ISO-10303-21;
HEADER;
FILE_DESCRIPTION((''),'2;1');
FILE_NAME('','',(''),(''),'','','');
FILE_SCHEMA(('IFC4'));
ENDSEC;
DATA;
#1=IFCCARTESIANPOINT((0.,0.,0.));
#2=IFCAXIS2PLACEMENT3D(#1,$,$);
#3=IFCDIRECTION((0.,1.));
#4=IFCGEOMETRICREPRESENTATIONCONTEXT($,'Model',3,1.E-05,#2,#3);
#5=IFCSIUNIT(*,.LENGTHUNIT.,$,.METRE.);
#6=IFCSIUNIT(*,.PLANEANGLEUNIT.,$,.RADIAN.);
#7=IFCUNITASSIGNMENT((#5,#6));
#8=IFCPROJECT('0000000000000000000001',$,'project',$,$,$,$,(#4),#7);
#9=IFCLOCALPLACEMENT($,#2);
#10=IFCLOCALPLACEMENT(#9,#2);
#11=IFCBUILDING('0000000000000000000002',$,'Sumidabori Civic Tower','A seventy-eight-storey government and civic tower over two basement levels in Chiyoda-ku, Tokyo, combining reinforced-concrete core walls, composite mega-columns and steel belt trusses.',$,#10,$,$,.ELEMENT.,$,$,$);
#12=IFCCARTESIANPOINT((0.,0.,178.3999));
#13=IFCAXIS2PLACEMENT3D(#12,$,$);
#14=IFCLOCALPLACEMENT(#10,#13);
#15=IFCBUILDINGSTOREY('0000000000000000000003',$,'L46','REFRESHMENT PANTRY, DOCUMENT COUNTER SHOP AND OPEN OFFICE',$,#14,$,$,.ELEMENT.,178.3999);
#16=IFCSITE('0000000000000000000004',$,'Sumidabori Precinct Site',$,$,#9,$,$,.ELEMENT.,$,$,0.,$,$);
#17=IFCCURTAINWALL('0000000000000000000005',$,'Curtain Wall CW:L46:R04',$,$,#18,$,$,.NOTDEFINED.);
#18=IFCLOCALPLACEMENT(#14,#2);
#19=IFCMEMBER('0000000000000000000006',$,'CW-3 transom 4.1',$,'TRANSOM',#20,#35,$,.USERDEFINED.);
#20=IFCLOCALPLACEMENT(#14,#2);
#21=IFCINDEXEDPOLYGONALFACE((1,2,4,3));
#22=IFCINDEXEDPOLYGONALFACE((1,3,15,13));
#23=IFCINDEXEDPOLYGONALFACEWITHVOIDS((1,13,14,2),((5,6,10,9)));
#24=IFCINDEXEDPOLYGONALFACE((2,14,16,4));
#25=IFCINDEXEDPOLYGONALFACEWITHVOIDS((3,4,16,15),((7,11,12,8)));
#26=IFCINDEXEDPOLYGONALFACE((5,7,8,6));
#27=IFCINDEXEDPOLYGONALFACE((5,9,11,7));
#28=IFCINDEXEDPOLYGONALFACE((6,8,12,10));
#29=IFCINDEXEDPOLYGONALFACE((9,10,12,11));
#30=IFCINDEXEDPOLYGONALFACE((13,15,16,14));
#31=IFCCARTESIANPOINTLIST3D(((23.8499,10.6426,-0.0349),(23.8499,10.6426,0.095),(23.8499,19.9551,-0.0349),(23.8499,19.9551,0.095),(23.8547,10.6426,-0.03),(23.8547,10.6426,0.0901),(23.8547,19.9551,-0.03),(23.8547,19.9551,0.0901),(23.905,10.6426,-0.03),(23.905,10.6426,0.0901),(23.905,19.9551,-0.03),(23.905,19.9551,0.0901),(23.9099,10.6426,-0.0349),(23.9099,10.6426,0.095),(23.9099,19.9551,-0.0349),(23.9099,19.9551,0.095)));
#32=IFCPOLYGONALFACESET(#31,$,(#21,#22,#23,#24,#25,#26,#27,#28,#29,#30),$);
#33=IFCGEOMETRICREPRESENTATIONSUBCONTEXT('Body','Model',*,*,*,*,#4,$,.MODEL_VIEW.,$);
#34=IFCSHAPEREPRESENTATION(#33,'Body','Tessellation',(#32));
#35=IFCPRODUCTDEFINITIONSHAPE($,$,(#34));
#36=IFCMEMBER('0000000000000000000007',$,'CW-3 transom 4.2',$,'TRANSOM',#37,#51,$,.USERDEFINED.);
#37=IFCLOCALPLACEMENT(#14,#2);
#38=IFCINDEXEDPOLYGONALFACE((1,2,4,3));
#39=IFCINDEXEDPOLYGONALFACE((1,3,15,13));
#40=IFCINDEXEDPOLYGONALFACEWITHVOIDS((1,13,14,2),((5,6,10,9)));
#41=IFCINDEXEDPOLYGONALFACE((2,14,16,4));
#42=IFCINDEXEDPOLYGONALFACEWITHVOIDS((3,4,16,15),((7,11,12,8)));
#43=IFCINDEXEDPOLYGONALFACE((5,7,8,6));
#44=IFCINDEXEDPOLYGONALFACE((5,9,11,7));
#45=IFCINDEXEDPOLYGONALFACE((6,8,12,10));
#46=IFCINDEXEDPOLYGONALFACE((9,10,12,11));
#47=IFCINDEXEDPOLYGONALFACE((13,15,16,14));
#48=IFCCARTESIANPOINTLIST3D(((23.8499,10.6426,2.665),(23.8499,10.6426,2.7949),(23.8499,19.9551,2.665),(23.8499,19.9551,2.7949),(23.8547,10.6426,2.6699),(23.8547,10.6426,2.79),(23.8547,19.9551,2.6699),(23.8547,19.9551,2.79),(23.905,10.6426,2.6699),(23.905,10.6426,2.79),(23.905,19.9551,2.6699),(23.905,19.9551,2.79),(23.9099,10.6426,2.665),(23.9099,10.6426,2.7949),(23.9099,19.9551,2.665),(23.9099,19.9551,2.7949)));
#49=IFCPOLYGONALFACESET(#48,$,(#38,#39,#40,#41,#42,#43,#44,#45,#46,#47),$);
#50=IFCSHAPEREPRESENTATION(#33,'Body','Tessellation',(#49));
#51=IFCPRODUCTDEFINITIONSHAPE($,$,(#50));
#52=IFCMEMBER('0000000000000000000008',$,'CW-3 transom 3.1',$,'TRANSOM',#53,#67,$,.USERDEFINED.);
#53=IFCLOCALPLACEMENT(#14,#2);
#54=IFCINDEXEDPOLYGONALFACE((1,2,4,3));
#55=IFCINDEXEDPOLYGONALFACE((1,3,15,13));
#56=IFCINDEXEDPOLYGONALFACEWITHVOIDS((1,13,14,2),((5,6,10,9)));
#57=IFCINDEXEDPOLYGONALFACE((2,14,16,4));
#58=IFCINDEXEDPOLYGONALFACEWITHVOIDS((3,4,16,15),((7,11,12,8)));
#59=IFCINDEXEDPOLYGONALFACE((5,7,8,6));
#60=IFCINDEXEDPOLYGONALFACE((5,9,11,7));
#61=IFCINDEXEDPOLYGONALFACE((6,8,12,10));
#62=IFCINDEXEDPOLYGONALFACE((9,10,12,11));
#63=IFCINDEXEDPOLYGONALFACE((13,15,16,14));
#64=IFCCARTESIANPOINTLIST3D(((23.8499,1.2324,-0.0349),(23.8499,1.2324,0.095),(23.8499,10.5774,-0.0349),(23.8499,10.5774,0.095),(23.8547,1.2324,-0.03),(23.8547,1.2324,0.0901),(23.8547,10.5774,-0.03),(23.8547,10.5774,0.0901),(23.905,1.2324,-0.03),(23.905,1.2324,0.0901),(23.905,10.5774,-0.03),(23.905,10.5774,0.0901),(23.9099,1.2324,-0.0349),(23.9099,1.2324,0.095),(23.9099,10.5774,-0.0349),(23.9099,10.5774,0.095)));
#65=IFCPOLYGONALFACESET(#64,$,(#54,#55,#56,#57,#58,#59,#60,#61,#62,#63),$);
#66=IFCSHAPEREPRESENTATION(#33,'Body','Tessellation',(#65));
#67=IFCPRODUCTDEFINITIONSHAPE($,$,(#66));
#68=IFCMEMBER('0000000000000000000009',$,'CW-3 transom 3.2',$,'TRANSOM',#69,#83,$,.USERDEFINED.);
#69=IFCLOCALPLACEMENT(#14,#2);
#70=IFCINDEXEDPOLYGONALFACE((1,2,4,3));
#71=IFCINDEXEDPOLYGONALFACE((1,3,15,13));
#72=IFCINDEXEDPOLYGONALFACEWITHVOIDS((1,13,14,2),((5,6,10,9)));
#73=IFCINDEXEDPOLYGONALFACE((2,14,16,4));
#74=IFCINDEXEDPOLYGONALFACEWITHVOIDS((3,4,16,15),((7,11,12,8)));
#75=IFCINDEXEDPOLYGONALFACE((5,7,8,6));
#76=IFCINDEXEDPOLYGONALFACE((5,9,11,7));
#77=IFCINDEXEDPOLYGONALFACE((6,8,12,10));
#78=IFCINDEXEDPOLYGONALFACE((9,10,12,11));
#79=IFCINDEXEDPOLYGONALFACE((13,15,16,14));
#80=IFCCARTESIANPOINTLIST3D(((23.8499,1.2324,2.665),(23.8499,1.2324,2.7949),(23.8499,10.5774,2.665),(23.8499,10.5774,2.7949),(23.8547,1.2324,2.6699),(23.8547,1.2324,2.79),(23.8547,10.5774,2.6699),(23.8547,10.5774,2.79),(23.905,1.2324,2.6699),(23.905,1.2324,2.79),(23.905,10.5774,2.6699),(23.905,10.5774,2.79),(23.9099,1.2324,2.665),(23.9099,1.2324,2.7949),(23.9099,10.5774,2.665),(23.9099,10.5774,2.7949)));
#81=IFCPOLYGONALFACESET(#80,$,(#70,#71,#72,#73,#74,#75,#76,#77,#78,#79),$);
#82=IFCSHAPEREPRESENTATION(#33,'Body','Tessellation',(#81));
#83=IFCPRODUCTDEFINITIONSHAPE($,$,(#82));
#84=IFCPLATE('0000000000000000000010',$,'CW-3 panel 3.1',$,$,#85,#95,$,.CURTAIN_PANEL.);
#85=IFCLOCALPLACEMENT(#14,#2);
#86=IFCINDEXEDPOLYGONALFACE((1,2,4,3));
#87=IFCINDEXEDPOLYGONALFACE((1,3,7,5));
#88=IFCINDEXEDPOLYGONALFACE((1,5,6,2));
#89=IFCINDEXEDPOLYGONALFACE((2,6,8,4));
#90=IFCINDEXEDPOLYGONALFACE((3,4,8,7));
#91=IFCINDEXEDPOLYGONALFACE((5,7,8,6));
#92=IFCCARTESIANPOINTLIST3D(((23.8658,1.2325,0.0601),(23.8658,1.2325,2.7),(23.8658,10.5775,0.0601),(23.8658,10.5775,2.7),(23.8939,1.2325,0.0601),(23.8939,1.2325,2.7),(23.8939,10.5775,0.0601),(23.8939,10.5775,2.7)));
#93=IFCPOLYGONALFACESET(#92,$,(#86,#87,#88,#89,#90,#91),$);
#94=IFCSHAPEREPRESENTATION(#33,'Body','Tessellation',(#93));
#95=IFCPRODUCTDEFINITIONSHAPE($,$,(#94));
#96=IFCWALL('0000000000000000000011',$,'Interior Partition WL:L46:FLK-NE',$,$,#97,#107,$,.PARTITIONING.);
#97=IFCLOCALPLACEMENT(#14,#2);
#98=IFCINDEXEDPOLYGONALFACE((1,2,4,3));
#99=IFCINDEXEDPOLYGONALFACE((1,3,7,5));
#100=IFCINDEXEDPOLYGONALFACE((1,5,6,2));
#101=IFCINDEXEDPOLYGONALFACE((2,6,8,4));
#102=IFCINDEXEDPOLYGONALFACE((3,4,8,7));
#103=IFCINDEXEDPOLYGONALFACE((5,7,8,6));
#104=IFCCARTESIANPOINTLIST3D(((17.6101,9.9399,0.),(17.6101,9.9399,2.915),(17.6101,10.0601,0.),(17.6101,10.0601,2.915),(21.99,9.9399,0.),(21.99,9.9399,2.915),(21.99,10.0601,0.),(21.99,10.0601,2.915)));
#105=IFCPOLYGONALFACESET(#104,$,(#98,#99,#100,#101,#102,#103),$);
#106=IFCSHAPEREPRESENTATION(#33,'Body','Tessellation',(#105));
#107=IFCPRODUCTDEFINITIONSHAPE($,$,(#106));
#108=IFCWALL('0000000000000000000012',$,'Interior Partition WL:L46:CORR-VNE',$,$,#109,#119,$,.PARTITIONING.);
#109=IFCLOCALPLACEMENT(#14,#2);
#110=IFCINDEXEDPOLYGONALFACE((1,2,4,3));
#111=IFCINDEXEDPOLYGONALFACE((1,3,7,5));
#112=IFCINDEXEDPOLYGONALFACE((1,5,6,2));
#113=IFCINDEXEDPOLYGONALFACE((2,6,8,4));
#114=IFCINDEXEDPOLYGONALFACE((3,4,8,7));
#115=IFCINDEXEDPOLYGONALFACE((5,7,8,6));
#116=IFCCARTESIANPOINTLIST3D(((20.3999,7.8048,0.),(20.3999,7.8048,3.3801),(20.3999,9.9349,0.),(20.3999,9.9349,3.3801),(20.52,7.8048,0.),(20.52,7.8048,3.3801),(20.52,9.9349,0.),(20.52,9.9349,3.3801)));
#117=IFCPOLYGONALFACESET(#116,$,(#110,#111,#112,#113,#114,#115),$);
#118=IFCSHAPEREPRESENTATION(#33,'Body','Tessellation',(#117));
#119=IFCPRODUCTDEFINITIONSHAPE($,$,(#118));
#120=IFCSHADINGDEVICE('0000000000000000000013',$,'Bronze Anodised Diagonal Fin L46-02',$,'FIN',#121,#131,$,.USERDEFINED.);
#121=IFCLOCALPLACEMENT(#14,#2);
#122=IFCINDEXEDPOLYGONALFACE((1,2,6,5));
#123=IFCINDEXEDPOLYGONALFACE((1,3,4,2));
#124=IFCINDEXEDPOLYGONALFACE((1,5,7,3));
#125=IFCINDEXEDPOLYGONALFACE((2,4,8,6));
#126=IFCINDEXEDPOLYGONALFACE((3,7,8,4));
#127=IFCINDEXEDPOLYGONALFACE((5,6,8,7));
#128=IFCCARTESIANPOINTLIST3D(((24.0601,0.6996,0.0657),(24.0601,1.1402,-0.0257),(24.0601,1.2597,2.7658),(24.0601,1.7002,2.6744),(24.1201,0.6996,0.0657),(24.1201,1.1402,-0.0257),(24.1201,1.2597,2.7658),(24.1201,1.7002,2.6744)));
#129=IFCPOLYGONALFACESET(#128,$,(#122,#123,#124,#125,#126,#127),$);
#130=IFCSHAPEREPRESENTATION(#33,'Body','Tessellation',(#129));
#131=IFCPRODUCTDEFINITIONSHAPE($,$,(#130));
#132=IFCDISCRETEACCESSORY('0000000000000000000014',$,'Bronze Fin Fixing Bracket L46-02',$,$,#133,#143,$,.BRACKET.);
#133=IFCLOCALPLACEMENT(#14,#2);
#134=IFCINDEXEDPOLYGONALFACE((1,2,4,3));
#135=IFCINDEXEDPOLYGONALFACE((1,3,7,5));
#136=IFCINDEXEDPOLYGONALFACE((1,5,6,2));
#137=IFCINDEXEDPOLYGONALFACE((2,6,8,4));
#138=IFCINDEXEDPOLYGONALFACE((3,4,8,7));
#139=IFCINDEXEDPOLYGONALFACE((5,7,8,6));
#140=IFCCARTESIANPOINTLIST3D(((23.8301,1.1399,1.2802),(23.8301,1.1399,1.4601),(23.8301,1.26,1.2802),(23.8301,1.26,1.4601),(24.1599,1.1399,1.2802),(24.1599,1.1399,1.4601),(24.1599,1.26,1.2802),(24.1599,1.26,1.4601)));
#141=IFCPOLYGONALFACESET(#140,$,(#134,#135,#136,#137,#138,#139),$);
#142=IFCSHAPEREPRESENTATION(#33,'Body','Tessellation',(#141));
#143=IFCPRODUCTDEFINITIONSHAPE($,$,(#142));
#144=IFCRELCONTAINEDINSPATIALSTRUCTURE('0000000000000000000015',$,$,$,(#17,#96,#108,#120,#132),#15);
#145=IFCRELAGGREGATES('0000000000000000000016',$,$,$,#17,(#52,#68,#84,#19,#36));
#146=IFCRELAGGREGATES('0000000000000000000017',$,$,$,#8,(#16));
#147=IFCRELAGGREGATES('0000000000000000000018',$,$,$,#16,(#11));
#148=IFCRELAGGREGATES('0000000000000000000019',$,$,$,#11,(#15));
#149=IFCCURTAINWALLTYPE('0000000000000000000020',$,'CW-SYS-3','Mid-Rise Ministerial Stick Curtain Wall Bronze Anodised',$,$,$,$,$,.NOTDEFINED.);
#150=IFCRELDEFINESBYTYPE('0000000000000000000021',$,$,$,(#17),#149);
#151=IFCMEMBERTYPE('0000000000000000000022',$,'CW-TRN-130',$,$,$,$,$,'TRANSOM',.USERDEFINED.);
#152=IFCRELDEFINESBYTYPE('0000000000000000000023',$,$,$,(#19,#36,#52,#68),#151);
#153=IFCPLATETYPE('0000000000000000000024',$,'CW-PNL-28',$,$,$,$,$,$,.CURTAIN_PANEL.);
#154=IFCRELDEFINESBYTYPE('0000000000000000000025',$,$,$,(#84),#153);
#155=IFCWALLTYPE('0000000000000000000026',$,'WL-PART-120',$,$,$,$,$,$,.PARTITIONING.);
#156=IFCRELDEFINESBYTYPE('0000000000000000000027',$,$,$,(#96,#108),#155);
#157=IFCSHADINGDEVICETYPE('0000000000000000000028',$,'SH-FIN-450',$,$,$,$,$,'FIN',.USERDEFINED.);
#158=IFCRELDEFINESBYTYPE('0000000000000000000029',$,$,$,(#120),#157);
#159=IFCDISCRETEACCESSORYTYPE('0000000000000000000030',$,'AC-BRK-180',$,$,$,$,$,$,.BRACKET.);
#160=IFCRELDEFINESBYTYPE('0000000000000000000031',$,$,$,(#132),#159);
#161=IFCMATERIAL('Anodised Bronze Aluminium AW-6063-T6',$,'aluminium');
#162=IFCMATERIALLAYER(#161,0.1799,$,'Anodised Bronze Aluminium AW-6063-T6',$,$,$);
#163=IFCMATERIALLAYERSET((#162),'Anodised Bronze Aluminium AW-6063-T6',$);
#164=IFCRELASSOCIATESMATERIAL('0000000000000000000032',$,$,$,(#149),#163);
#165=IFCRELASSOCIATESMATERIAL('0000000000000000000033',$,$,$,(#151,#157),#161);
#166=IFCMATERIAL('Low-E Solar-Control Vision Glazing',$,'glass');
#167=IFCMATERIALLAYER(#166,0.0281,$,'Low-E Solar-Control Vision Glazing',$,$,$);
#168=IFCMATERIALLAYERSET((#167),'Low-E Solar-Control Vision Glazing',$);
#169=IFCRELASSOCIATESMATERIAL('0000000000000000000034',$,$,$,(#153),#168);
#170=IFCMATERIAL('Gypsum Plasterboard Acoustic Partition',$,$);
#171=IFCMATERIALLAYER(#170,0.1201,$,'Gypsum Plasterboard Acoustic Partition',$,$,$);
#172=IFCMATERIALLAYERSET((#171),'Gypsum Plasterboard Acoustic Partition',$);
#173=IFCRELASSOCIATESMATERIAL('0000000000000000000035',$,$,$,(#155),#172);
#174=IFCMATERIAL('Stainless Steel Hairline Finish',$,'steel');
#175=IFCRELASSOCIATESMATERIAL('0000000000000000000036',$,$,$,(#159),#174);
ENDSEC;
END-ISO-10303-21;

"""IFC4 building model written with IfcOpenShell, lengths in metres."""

from ifc_helpers import new_model, si_unit, direction, frame, frame_2d, origin, origin_2d, place, context, subcontext, project, spatial, rectangle, hollow_rectangle, extrude, source, transform, mapped, material, layer, layer_set, material_profile, profile_set, type_object, element, aggregate, save


model = new_model("IFC4")

# Units and contexts
model_context = context("Model", 3, precision=1e-05, world=origin(), true_north=direction((0.0, 1.0)))
body_context = subcontext(model_context, "Body", "Model", "MODEL_VIEW")
ifc_project = project(units=[si_unit("LENGTHUNIT", "METRE"), si_unit("PLANEANGLEUNIT", "RADIAN")], contexts=[model_context])

# Site, building, storey
site_placement = place(None, origin())
site = spatial("IfcSite", under=ifc_project, at=site_placement, Name="Sumidabori Precinct Site", CompositionType="ELEMENT", RefElevation=0.0)
building_placement = place(site_placement, origin())
building = spatial("IfcBuilding", under=site, at=building_placement, Name="Sumidabori Civic Tower", Description="A seventy-eight-storey government and civic tower over two basement levels in Chiyoda-ku, Tokyo, combining reinforced-concrete core walls, composite mega-columns and steel belt trusses.", CompositionType="ELEMENT")
storey_placement = place(building_placement, frame((0.0, 0.0, 178.3999)))
storey = spatial("IfcBuildingStorey", under=building, at=storey_placement, Name="L46", Description="REFRESHMENT PANTRY, DOCUMENT COUNTER SHOP AND OPEN OFFICE", CompositionType="ELEMENT", Elevation=178.3999)

# Curtain wall, members, plate
ifc_material_1 = material(Name="Anodised Bronze Aluminium AW-6063-T6", Category="aluminium")
ifc_layer_1 = layer(ifc_material_1, 0.1799, Name="Anodised Bronze Aluminium AW-6063-T6")
ifc_layer_set_1 = layer_set([ifc_layer_1], Name="Anodised Bronze Aluminium AW-6063-T6")
curtain_wall_type = type_object("IfcCurtainWallType", Name="CW-SYS-3", Description="Mid-Rise Ministerial Stick Curtain Wall Bronze Anodised", PredefinedType="NOTDEFINED", material=ifc_layer_set_1)
curtain_wall_placement = place(storey_placement, origin())
curtain_wall = element("IfcCurtainWall", 1, at=curtain_wall_placement, inside=storey, type_object=curtain_wall_type, Name="Curtain Wall CW:L46:R04", PredefinedType="NOTDEFINED")
ifc_material_profile_1 = material_profile(ifc_material_1, hollow_rectangle(XDim=0.0601, YDim=0.1299, WallThickness=0.0049, at=origin_2d()), Name="ALU TRANSOM 130x60")
ifc_profile_set_1 = profile_set([ifc_material_profile_1], Name="Anodised Bronze Aluminium AW-6063-T6")
member_type_1 = type_object("IfcMemberType", Name="CW-TRN-130", ElementType="TRANSOM", PredefinedType="USERDEFINED", material=ifc_profile_set_1)
shared_shape_1 = source(origin(), body_context, "Body", "SweptSolid", [
    extrude(hollow_rectangle(XDim=0.0601, YDim=0.1299, WallThickness=0.0049, at=origin_2d()), origin(), (0.0, 0.0, 1.0), 9.3125),
])
member_1_placement = place(storey_placement, frame((23.8799, 10.6426, 0.03), z_axis=(0.0, 1.0, 0.0), x_axis=(-1.0, 0.0, 0.0)))
member_1 = element("IfcMember", 2, at=member_1_placement, type_object=member_type_1, Name="CW-3 transom 4.1", ObjectType="TRANSOM", PredefinedType="USERDEFINED", context=body_context, shape_type="MappedRepresentation", body=[
    mapped(shared_shape_1, transform((0.0, 0.0, 0.0), x_axis=(1.0, 0.0, 0.0), y_axis=(0.0, 1.0, 0.0), z_axis=(0.0, 0.0, 1.0), scale=1.0)),
])
member_2_placement = place(storey_placement, frame((23.8799, 10.6426, 2.73), z_axis=(0.0, 1.0, 0.0), x_axis=(-1.0, 0.0, 0.0)))
member_2 = element("IfcMember", 3, at=member_2_placement, type_object=member_type_1, Name="CW-3 transom 4.2", ObjectType="TRANSOM", PredefinedType="USERDEFINED", context=body_context, shape_type="MappedRepresentation", body=[
    mapped(shared_shape_1, transform((0.0, 0.0, 0.0), x_axis=(1.0, 0.0, 0.0), y_axis=(0.0, 1.0, 0.0), z_axis=(0.0, 0.0, 1.0), scale=1.0)),
])
shared_shape_2 = source(origin(), body_context, "Body", "SweptSolid", [
    extrude(hollow_rectangle(XDim=0.0601, YDim=0.1299, WallThickness=0.0049, at=origin_2d()), origin(), (0.0, 0.0, 1.0), 9.345),
])
member_3_placement = place(storey_placement, frame((23.8799, 1.2324, 0.03), z_axis=(0.0, 1.0, 0.0), x_axis=(-1.0, 0.0, 0.0)))
member_3 = element("IfcMember", 4, at=member_3_placement, type_object=member_type_1, Name="CW-3 transom 3.1", ObjectType="TRANSOM", PredefinedType="USERDEFINED", context=body_context, shape_type="MappedRepresentation", body=[
    mapped(shared_shape_2, transform((0.0, 0.0, 0.0), x_axis=(1.0, 0.0, 0.0), y_axis=(0.0, 1.0, 0.0), z_axis=(0.0, 0.0, 1.0), scale=1.0)),
])
member_4_placement = place(storey_placement, frame((23.8799, 1.2324, 2.73), z_axis=(0.0, 1.0, 0.0), x_axis=(-1.0, 0.0, 0.0)))
member_4 = element("IfcMember", 5, at=member_4_placement, type_object=member_type_1, Name="CW-3 transom 3.2", ObjectType="TRANSOM", PredefinedType="USERDEFINED", context=body_context, shape_type="MappedRepresentation", body=[
    mapped(shared_shape_2, transform((0.0, 0.0, 0.0), x_axis=(1.0, 0.0, 0.0), y_axis=(0.0, 1.0, 0.0), z_axis=(0.0, 0.0, 1.0), scale=1.0)),
])
ifc_material_2 = material(Name="Low-E Solar-Control Vision Glazing", Category="glass")
ifc_layer_2 = layer(ifc_material_2, 0.0281, Name="Low-E Solar-Control Vision Glazing")
ifc_layer_set_2 = layer_set([ifc_layer_2], Name="Low-E Solar-Control Vision Glazing")
plate_type = type_object("IfcPlateType", Name="CW-PNL-28", PredefinedType="CURTAIN_PANEL", material=ifc_layer_set_2)
shared_shape_3 = source(origin(), body_context, "Body", "SweptSolid", [
    extrude(rectangle(XDim=9.345, YDim=0.0281, at=origin_2d()), origin(), (0.0, 0.0, 1.0), 2.6399),
])
plate_placement = place(storey_placement, frame((23.8799, 5.905, 0.0601), z_axis=(0.0, 0.0, 1.0), x_axis=(0.0, 1.0, 0.0)))
plate = element("IfcPlate", 6, at=plate_placement, type_object=plate_type, Name="CW-3 panel 3.1", PredefinedType="CURTAIN_PANEL", context=body_context, shape_type="MappedRepresentation", body=[
    mapped(shared_shape_3, transform((0.0, 0.0, 0.0), x_axis=(1.0, 0.0, 0.0), y_axis=(0.0, 1.0, 0.0), z_axis=(0.0, 0.0, 1.0), scale=1.0)),
])
aggregate(curtain_wall, [member_3, member_4, plate, member_1, member_2])

# Walls
ifc_material_3 = material(Name="Gypsum Plasterboard Acoustic Partition")
ifc_layer_3 = layer(ifc_material_3, 0.1201, Name="Gypsum Plasterboard Acoustic Partition")
ifc_layer_set_3 = layer_set([ifc_layer_3], Name="Gypsum Plasterboard Acoustic Partition")
wall_type = type_object("IfcWallType", Name="WL-PART-120", PredefinedType="PARTITIONING", material=ifc_layer_set_3)
shared_shape_4 = source(origin(), body_context, "Body", "SweptSolid", [
    extrude(rectangle(XDim=4.3799, YDim=0.1201, at=frame_2d((2.1899, 0.0))), origin(), (0.0, 0.0, 1.0), 2.915),
])
wall_1_placement = place(storey_placement, frame((17.6101, 10.0, 0.0), z_axis=(0.0, 0.0, 1.0), x_axis=(1.0, 0.0, 0.0)))
element("IfcWall", 7, at=wall_1_placement, inside=storey, type_object=wall_type, Name="Interior Partition WL:L46:FLK-NE", PredefinedType="PARTITIONING", context=body_context, shape_type="MappedRepresentation", body=[
    mapped(shared_shape_4, transform((0.0, 0.0, 0.0), x_axis=(1.0, 0.0, 0.0), y_axis=(0.0, 1.0, 0.0), z_axis=(0.0, 0.0, 1.0), scale=1.0)),
])
shared_shape_5 = source(origin(), body_context, "Body", "SweptSolid", [
    extrude(rectangle(XDim=2.1301, YDim=0.1201, at=frame_2d((1.0649, 0.0))), origin(), (0.0, 0.0, 1.0), 3.3801),
])
wall_2_placement = place(storey_placement, frame((20.46, 7.8049, 0.0), z_axis=(0.0, 0.0, 1.0), x_axis=(0.0, 1.0, 0.0)))
element("IfcWall", 8, at=wall_2_placement, inside=storey, type_object=wall_type, Name="Interior Partition WL:L46:CORR-VNE", PredefinedType="PARTITIONING", context=body_context, shape_type="MappedRepresentation", body=[
    mapped(shared_shape_5, transform((0.0, 0.0, 0.0), x_axis=(1.0, 0.0, 0.0), y_axis=(0.0, 1.0, 0.0), z_axis=(0.0, 0.0, 1.0), scale=1.0)),
])

# Shading device
ifc_material_profile_2 = material_profile(ifc_material_1, rectangle(XDim=0.0601, YDim=0.45, at=origin_2d()), Name="BRONZE FIN 450x60")
ifc_profile_set_2 = profile_set([ifc_material_profile_2], Name="Anodised Bronze Aluminium AW-6063-T6")
shading_device_type = type_object("IfcShadingDeviceType", Name="SH-FIN-450", ElementType="FIN", PredefinedType="USERDEFINED", material=ifc_profile_set_2)
shared_shape_6 = source(origin(), body_context, "Body", "SweptSolid", [
    extrude(rectangle(XDim=0.0601, YDim=0.45, at=origin_2d()), origin(), (0.0, 0.0, 1.0), 2.7576),
])
shading_device_placement = place(storey_placement, frame((24.0901, 0.9199, 0.02), z_axis=(0.0, 0.203092, 0.97916), x_axis=(-1.0, 0.0, 0.0)))
element("IfcShadingDevice", 9, at=shading_device_placement, inside=storey, type_object=shading_device_type, Name="Bronze Anodised Diagonal Fin L46-02", ObjectType="FIN", PredefinedType="USERDEFINED", context=body_context, shape_type="MappedRepresentation", body=[
    mapped(shared_shape_6, transform((0.0, 0.0, 0.0), x_axis=(1.0, 0.0, 0.0), y_axis=(0.0, 1.0, 0.0), z_axis=(0.0, 0.0, 1.0), scale=1.0)),
])

# Discrete accessory
ifc_material_4 = material(Name="Stainless Steel Hairline Finish", Category="steel")
ifc_material_profile_3 = material_profile(ifc_material_4, rectangle(XDim=0.1201, YDim=0.1799, at=origin_2d()), Name="STEEL BRACKET 180x120")
ifc_profile_set_3 = profile_set([ifc_material_profile_3], Name="Stainless Steel Hairline Finish")
discrete_accessory_type = type_object("IfcDiscreteAccessoryType", Name="AC-BRK-180", PredefinedType="BRACKET", material=ifc_profile_set_3)
shared_shape_7 = source(origin(), body_context, "Body", "SweptSolid", [
    extrude(rectangle(XDim=0.1201, YDim=0.1799, at=origin_2d()), origin(), (0.0, 0.0, 1.0), 0.3298),
])
discrete_accessory_placement = place(storey_placement, frame((23.8301, 1.2, 1.3701), z_axis=(1.0, 0.0, 0.0), x_axis=(0.0, 1.0, 0.0)))
element("IfcDiscreteAccessory", 10, at=discrete_accessory_placement, inside=storey, type_object=discrete_accessory_type, Name="Bronze Fin Fixing Bracket L46-02", PredefinedType="BRACKET", context=body_context, shape_type="MappedRepresentation", body=[
    mapped(shared_shape_7, transform((0.0, 0.0, 0.0), x_axis=(1.0, 0.0, 0.0), y_axis=(0.0, 1.0, 0.0), z_axis=(0.0, 0.0, 1.0), scale=1.0)),
])

save(model, "model.ifc")
